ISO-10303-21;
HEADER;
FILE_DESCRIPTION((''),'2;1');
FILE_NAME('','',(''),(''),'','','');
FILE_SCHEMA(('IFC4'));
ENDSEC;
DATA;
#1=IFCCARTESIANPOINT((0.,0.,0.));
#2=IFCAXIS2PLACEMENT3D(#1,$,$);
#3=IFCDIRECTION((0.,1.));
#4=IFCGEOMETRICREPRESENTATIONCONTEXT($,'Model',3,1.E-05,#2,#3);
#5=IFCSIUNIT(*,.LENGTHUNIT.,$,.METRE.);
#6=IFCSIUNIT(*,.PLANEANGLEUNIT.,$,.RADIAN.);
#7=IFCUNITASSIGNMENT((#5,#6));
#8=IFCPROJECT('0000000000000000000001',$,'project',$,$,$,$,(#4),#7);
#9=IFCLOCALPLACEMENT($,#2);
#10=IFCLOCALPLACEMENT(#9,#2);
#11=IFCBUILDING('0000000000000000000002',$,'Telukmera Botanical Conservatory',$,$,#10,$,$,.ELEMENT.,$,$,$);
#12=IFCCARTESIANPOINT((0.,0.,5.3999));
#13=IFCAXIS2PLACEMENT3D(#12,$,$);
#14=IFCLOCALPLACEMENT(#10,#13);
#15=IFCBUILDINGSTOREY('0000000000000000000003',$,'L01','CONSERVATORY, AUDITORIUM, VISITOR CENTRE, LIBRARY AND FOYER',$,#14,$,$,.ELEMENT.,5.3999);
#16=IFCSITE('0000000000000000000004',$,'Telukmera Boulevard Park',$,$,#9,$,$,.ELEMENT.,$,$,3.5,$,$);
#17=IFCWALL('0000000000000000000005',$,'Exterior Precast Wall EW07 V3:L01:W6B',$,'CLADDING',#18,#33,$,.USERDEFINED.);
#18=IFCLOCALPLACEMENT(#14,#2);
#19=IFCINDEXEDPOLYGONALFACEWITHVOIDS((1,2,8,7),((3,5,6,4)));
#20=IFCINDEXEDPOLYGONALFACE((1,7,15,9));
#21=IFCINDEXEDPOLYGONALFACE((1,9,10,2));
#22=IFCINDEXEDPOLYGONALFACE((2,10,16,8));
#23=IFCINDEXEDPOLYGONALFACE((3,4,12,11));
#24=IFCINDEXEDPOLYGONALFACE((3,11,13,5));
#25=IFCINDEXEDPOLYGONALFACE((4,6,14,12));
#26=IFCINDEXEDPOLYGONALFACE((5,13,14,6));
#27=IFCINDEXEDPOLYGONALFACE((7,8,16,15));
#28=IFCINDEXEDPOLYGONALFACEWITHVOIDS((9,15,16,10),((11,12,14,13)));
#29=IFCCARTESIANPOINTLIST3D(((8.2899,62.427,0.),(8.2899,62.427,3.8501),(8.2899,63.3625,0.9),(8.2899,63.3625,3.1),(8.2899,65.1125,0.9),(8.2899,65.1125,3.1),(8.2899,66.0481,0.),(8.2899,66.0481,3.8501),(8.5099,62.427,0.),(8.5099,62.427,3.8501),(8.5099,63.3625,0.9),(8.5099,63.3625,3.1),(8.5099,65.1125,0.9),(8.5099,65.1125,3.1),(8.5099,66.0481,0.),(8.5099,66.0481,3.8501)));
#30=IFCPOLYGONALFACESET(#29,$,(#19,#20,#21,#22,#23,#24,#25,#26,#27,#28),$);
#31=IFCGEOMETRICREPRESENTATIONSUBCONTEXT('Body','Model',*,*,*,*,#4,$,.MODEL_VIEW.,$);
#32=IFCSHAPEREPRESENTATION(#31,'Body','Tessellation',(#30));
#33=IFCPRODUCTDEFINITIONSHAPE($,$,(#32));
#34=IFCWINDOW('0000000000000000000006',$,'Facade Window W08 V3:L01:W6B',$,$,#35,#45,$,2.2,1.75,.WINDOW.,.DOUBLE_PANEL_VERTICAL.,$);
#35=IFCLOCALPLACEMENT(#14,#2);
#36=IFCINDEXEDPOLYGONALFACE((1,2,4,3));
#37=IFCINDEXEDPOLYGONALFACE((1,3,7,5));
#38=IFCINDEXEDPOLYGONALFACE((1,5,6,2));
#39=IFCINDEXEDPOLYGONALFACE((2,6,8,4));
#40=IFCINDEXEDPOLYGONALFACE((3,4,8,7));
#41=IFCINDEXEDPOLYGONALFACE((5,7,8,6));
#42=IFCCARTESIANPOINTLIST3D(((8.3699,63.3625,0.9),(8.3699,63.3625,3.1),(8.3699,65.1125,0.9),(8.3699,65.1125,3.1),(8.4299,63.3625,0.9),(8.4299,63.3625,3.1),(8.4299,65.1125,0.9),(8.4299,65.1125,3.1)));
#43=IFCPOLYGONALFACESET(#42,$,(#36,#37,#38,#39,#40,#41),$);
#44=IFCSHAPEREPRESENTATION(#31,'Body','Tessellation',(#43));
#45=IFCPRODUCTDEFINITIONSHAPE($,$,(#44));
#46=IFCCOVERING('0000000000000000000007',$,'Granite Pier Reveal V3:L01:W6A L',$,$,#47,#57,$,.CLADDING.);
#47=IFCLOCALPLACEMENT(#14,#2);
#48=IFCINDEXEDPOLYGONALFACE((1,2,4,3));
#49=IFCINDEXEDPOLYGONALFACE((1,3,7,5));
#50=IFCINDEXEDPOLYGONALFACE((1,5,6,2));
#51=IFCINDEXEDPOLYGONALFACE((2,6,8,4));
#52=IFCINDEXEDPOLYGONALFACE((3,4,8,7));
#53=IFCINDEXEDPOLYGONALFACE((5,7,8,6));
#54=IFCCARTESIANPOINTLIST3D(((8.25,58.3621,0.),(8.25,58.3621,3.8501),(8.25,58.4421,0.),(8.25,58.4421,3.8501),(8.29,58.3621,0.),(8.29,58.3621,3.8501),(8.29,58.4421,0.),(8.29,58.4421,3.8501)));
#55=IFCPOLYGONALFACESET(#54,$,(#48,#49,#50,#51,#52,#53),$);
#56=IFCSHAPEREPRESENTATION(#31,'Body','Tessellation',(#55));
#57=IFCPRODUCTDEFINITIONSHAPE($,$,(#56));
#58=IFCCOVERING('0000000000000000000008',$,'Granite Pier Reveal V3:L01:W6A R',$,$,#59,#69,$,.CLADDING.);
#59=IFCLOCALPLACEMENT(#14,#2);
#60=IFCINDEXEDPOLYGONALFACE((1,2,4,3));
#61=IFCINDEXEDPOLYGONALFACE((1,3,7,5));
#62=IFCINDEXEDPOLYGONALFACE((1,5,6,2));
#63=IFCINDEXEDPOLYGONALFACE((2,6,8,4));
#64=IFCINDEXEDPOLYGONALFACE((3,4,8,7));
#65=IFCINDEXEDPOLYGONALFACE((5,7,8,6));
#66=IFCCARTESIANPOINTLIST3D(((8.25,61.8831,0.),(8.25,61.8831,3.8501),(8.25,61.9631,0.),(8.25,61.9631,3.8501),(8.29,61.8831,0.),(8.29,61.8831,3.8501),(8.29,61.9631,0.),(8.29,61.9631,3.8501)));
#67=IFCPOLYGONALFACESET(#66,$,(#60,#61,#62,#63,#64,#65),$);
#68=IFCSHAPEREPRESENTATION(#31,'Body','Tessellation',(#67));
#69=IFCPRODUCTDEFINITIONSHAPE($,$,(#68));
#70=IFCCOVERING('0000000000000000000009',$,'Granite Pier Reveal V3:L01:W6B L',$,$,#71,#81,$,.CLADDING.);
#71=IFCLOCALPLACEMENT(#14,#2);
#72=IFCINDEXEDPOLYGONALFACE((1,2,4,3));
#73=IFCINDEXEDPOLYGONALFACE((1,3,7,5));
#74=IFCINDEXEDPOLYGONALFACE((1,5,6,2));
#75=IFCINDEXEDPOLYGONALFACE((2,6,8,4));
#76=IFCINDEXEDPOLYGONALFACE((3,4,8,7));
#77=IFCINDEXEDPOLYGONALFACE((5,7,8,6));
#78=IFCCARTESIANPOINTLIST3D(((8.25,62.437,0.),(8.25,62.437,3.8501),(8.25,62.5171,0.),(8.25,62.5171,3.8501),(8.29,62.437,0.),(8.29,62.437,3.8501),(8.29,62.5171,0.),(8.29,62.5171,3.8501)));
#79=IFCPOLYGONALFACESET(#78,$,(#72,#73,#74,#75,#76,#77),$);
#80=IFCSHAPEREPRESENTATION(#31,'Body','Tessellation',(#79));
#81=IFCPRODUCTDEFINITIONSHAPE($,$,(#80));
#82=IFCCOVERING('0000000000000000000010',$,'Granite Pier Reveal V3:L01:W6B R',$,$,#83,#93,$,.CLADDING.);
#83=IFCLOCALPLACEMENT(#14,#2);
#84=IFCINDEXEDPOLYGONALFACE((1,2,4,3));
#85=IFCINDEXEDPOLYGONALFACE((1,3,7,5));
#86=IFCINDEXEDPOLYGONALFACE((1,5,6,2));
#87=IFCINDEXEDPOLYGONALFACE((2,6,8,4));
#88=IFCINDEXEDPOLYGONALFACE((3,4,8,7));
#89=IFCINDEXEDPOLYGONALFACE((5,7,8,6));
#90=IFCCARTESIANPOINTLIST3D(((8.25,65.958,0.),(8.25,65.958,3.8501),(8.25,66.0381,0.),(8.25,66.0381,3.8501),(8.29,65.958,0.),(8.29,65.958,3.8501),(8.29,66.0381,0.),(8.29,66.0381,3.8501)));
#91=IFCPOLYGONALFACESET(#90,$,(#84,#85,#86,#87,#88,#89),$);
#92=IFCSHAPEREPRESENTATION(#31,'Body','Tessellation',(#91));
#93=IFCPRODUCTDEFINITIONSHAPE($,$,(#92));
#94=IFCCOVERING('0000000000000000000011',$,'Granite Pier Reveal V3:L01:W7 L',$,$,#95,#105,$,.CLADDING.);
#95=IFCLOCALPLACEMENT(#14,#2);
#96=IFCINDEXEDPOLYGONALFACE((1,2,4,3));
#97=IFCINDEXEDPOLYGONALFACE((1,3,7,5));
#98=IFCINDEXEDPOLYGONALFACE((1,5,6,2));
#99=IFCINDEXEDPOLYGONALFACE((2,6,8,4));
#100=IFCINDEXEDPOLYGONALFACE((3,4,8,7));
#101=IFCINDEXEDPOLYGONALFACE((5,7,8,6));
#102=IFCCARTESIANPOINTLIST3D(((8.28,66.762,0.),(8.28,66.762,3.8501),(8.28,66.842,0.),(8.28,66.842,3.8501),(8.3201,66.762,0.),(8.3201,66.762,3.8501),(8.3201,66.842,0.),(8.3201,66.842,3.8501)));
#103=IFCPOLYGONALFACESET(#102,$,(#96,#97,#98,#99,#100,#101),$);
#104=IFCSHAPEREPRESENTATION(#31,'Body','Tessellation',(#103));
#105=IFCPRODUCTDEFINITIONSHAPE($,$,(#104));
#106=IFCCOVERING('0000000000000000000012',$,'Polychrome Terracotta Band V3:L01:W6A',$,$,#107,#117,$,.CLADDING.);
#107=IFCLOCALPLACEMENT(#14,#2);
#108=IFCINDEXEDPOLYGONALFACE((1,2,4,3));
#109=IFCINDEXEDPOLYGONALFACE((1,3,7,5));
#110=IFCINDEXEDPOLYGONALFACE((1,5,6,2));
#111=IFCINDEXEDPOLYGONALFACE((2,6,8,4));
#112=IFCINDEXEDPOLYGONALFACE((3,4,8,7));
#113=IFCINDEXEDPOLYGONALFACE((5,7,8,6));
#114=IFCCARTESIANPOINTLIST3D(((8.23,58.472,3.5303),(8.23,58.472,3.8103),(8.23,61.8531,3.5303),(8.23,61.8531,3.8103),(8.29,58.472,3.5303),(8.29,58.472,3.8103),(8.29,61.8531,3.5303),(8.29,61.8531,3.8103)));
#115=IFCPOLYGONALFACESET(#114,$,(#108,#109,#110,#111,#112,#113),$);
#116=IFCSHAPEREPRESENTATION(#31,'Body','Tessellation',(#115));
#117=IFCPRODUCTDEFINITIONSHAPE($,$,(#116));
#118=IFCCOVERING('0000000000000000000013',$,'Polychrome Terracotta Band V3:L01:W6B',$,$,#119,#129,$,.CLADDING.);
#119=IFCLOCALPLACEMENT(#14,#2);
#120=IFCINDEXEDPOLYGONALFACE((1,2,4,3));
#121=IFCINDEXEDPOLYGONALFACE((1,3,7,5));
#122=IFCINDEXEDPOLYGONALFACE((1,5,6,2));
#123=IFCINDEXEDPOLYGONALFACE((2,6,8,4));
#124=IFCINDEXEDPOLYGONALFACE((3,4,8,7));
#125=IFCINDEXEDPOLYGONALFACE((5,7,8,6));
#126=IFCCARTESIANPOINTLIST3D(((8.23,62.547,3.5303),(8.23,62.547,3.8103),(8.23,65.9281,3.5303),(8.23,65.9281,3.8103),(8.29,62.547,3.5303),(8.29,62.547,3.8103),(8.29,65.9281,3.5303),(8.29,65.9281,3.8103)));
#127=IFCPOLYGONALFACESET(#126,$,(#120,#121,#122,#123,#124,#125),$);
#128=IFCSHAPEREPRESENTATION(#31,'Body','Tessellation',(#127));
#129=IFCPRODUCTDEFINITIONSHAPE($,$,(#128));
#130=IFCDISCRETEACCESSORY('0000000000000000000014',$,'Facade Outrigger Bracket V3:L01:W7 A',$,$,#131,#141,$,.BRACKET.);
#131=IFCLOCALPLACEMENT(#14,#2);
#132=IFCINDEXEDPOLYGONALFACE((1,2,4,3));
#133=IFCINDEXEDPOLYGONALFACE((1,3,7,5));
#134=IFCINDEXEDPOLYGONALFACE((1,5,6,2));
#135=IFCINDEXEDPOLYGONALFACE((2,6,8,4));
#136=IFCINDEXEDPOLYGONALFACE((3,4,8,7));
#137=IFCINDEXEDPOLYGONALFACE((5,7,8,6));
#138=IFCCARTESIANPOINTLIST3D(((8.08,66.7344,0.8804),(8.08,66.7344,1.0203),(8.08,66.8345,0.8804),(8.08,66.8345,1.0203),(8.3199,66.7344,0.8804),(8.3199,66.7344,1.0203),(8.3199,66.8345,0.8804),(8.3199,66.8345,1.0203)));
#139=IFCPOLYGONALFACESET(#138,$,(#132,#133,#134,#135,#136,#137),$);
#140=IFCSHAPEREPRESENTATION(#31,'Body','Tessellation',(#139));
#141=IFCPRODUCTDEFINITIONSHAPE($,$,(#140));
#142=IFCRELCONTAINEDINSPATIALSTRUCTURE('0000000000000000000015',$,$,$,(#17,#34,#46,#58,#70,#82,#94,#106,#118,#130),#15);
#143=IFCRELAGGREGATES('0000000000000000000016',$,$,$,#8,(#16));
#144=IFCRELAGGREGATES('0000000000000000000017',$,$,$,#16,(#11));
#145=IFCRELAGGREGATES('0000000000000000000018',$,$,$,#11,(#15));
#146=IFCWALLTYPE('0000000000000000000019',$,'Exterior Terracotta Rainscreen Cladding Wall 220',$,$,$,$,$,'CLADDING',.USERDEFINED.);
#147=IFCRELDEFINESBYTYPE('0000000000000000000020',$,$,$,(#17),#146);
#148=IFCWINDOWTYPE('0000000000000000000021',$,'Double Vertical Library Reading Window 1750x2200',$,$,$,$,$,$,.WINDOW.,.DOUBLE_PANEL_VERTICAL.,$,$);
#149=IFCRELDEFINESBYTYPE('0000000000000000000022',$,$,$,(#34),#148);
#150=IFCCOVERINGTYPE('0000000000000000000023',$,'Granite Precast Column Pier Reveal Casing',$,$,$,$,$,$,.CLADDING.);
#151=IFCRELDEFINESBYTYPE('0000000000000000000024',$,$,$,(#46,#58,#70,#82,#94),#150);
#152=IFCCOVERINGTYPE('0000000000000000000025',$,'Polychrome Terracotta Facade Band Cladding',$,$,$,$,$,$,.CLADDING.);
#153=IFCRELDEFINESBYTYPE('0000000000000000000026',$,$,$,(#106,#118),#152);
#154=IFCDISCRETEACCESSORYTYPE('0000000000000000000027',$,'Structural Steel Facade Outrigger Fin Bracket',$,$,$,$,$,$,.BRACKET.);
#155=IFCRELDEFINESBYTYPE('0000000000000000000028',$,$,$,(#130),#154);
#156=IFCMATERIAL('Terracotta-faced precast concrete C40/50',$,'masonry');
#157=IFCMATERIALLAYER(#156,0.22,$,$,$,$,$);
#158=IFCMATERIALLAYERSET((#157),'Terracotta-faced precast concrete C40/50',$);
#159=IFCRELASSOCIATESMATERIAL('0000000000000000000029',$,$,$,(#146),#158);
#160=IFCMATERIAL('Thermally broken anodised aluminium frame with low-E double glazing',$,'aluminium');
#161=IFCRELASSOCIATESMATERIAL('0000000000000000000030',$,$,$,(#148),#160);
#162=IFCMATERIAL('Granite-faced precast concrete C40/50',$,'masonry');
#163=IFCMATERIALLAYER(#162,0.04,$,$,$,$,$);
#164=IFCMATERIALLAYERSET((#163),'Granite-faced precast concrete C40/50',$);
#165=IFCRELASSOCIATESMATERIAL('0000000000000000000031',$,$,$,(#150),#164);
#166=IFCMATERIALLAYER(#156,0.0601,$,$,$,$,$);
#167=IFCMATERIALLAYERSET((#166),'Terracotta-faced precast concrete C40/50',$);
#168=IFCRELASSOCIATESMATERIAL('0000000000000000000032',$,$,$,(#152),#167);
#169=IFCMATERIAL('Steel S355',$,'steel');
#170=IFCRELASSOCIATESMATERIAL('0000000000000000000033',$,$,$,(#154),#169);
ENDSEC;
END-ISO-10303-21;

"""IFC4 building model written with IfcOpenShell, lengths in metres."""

from ifc_helpers import new_model, si_unit, direction, frame, frame_2d, origin, origin_2d, place, context, subcontext, project, spatial, rectangle, extrude, material, layer, layer_set, type_object, element, fill, save


model = new_model("IFC4")

# Units and contexts
model_context = context("Model", 3, precision=1e-05, world=origin(), true_north=direction((0.0, 1.0)))
body_context = subcontext(model_context, "Body", "Model", "MODEL_VIEW")
ifc_project = project(units=[si_unit("LENGTHUNIT", "METRE"), si_unit("PLANEANGLEUNIT", "RADIAN")], contexts=[model_context])

# Site, building, storey
site_placement = place(None, origin())
site = spatial("IfcSite", under=ifc_project, at=site_placement, Name="Telukmera Boulevard Park", CompositionType="ELEMENT", RefElevation=3.5)
building_placement = place(site_placement, origin())
building = spatial("IfcBuilding", under=site, at=building_placement, Name="Telukmera Botanical Conservatory", CompositionType="ELEMENT")
storey_placement = place(building_placement, frame((0.0, 0.0, 5.3999)))
storey = spatial("IfcBuildingStorey", under=building, at=storey_placement, Name="L01", Description="CONSERVATORY, AUDITORIUM, VISITOR CENTRE, LIBRARY AND FOYER", CompositionType="ELEMENT", Elevation=5.3999)

# Wall, opening, window
ifc_material_1 = material(Name="Terracotta-faced precast concrete C40/50", Category="masonry")
ifc_layer_1 = layer(ifc_material_1, 0.22)
ifc_layer_set_1 = layer_set([ifc_layer_1], Name="Terracotta-faced precast concrete C40/50")
wall_type = type_object("IfcWallType", Name="Exterior Terracotta Rainscreen Cladding Wall 220", ElementType="CLADDING", PredefinedType="USERDEFINED", material=ifc_layer_set_1)
ifc_material_2 = material(Name="Thermally broken anodised aluminium frame with low-E double glazing", Category="aluminium")
wall_1_placement = place(storey_placement, frame((8.3999, 62.427, 0.0), z_axis=(0.0, 0.0, 1.0), x_axis=(0.0, 1.0, 0.0)))
wall_1 = element("IfcWall", 1, at=wall_1_placement, inside=storey, type_object=wall_type, Name="Exterior Precast Wall EW07 V3:L01:W6B", ObjectType="CLADDING", PredefinedType="USERDEFINED", context=body_context, shape_type="SweptSolid", body=[
    extrude(rectangle(XDim=3.6211, YDim=0.22, at=frame_2d((1.8105, 0.0))), origin(), (0.0, 0.0, 1.0), 3.8501),
])
opening_1_placement = place(wall_1_placement, frame((0.9355, 0.0, 0.8999)))
opening_1 = element("IfcOpeningElement", 2, at=opening_1_placement, cuts=wall_1, PredefinedType="OPENING", context=body_context, shape_type="SweptSolid", body=[
    extrude(rectangle(XDim=1.75, YDim=2.2, at=frame_2d((0.875, 1.1001))), frame((0.0, 0.1199, 0.0), z_axis=(0.0, -1.0, 0.0), x_axis=(1.0, 0.0, 0.0)), (0.0, 0.0, 1.0), 0.24),
])
window_type_1 = type_object("IfcWindowType", Name="Double Vertical Library Reading Window 1750x2200", PartitioningType="DOUBLE_PANEL_VERTICAL", PredefinedType="WINDOW", material=ifc_material_2)
window_1_placement = place(opening_1_placement, origin())
window_1 = element("IfcWindow", 3, at=window_1_placement, inside=storey, type_object=window_type_1, Name="Facade Window W08 V3:L01:W6B", OverallHeight=2.2, OverallWidth=1.75, PartitioningType="DOUBLE_PANEL_VERTICAL", PredefinedType="WINDOW", context=body_context, shape_type="SweptSolid", body=[
    extrude(rectangle(XDim=1.75, YDim=2.2, at=frame_2d((0.875, 1.1001))), frame((0.0, 0.03, 0.0), z_axis=(0.0, -1.0, 0.0), x_axis=(1.0, 0.0, 0.0)), (0.0, 0.0, 1.0), 0.0601),
])
fill(opening_1, window_1)

# Coverings
ifc_material_3 = material(Name="Granite-faced precast concrete C40/50", Category="masonry")
ifc_layer_2 = layer(ifc_material_3, 0.04)
ifc_layer_set_2 = layer_set([ifc_layer_2], Name="Granite-faced precast concrete C40/50")
covering_type_1 = type_object("IfcCoveringType", Name="Granite Precast Column Pier Reveal Casing", PredefinedType="CLADDING", material=ifc_layer_set_2)
for number, where, z_axis, x_axis, name in (
    (4, (8.27, 58.4021, 0.0), (0.0, 0.0, 1.0), (0.0, 1.0, 0.0), "Granite Pier Reveal V3:L01:W6A L"),
    (5, (8.27, 61.9231, 0.0), (0.0, 0.0, 1.0), (0.0, 1.0, 0.0), "Granite Pier Reveal V3:L01:W6A R"),
    (6, (8.27, 62.4771, 0.0), (0.0, 0.0, 1.0), (0.0, 1.0, 0.0), "Granite Pier Reveal V3:L01:W6B L"),
    (7, (8.27, 65.998, 0.0), (0.0, 0.0, 1.0), (0.0, 1.0, 0.0), "Granite Pier Reveal V3:L01:W6B R"),
    (8, (8.3, 66.802, 0.0), (0.0, 0.0, 1.0), (0.0, 1.0, 0.0), "Granite Pier Reveal V3:L01:W7 L"),
):
    element("IfcCovering", number, at=place(storey_placement, frame(where, z_axis=z_axis, x_axis=x_axis)), inside=storey, type_object=covering_type_1, Name=name, PredefinedType="CLADDING", context=body_context, shape_type="SweptSolid", body=[
        extrude(rectangle(XDim=0.0801, YDim=0.04, at=origin_2d()), origin(), (0.0, 0.0, 1.0), 3.8501),
    ])
ifc_layer_3 = layer(ifc_material_1, 0.0601)
ifc_layer_set_3 = layer_set([ifc_layer_3], Name="Terracotta-faced precast concrete C40/50")
covering_type_2 = type_object("IfcCoveringType", Name="Polychrome Terracotta Facade Band Cladding", PredefinedType="CLADDING", material=ifc_layer_set_3)
for number, where, z_axis, x_axis, name in (
    (9, (8.26, 60.1626, 3.5303), (0.0, 0.0, 1.0), (0.0, 1.0, 0.0), "Polychrome Terracotta Band V3:L01:W6A"),
    (10, (8.26, 64.2375, 3.5303), (0.0, 0.0, 1.0), (0.0, 1.0, 0.0), "Polychrome Terracotta Band V3:L01:W6B"),
):
    element("IfcCovering", number, at=place(storey_placement, frame(where, z_axis=z_axis, x_axis=x_axis)), inside=storey, type_object=covering_type_2, Name=name, PredefinedType="CLADDING", context=body_context, shape_type="SweptSolid", body=[
        extrude(rectangle(XDim=3.3811, YDim=0.0601, at=origin_2d()), origin(), (0.0, 0.0, 1.0), 0.28),
    ])

# Discrete accessory
ifc_material_4 = material(Name="Steel S355", Category="steel")
discrete_accessory_type = type_object("IfcDiscreteAccessoryType", Name="Structural Steel Facade Outrigger Fin Bracket", PredefinedType="BRACKET", material=ifc_material_4)
discrete_accessory_placement = place(storey_placement, frame((8.2, 66.7844, 0.8804), z_axis=(0.0, 0.0, 1.0), x_axis=(0.0, 1.0, 0.0)))
element("IfcDiscreteAccessory", 11, at=discrete_accessory_placement, inside=storey, type_object=discrete_accessory_type, Name="Facade Outrigger Bracket V3:L01:W7 A", PredefinedType="BRACKET", context=body_context, shape_type="SweptSolid", body=[
    extrude(rectangle(XDim=0.1001, YDim=0.24, at=origin_2d()), origin(), (0.0, 0.0, 1.0), 0.1399),
])

save(model, "model.ifc")
